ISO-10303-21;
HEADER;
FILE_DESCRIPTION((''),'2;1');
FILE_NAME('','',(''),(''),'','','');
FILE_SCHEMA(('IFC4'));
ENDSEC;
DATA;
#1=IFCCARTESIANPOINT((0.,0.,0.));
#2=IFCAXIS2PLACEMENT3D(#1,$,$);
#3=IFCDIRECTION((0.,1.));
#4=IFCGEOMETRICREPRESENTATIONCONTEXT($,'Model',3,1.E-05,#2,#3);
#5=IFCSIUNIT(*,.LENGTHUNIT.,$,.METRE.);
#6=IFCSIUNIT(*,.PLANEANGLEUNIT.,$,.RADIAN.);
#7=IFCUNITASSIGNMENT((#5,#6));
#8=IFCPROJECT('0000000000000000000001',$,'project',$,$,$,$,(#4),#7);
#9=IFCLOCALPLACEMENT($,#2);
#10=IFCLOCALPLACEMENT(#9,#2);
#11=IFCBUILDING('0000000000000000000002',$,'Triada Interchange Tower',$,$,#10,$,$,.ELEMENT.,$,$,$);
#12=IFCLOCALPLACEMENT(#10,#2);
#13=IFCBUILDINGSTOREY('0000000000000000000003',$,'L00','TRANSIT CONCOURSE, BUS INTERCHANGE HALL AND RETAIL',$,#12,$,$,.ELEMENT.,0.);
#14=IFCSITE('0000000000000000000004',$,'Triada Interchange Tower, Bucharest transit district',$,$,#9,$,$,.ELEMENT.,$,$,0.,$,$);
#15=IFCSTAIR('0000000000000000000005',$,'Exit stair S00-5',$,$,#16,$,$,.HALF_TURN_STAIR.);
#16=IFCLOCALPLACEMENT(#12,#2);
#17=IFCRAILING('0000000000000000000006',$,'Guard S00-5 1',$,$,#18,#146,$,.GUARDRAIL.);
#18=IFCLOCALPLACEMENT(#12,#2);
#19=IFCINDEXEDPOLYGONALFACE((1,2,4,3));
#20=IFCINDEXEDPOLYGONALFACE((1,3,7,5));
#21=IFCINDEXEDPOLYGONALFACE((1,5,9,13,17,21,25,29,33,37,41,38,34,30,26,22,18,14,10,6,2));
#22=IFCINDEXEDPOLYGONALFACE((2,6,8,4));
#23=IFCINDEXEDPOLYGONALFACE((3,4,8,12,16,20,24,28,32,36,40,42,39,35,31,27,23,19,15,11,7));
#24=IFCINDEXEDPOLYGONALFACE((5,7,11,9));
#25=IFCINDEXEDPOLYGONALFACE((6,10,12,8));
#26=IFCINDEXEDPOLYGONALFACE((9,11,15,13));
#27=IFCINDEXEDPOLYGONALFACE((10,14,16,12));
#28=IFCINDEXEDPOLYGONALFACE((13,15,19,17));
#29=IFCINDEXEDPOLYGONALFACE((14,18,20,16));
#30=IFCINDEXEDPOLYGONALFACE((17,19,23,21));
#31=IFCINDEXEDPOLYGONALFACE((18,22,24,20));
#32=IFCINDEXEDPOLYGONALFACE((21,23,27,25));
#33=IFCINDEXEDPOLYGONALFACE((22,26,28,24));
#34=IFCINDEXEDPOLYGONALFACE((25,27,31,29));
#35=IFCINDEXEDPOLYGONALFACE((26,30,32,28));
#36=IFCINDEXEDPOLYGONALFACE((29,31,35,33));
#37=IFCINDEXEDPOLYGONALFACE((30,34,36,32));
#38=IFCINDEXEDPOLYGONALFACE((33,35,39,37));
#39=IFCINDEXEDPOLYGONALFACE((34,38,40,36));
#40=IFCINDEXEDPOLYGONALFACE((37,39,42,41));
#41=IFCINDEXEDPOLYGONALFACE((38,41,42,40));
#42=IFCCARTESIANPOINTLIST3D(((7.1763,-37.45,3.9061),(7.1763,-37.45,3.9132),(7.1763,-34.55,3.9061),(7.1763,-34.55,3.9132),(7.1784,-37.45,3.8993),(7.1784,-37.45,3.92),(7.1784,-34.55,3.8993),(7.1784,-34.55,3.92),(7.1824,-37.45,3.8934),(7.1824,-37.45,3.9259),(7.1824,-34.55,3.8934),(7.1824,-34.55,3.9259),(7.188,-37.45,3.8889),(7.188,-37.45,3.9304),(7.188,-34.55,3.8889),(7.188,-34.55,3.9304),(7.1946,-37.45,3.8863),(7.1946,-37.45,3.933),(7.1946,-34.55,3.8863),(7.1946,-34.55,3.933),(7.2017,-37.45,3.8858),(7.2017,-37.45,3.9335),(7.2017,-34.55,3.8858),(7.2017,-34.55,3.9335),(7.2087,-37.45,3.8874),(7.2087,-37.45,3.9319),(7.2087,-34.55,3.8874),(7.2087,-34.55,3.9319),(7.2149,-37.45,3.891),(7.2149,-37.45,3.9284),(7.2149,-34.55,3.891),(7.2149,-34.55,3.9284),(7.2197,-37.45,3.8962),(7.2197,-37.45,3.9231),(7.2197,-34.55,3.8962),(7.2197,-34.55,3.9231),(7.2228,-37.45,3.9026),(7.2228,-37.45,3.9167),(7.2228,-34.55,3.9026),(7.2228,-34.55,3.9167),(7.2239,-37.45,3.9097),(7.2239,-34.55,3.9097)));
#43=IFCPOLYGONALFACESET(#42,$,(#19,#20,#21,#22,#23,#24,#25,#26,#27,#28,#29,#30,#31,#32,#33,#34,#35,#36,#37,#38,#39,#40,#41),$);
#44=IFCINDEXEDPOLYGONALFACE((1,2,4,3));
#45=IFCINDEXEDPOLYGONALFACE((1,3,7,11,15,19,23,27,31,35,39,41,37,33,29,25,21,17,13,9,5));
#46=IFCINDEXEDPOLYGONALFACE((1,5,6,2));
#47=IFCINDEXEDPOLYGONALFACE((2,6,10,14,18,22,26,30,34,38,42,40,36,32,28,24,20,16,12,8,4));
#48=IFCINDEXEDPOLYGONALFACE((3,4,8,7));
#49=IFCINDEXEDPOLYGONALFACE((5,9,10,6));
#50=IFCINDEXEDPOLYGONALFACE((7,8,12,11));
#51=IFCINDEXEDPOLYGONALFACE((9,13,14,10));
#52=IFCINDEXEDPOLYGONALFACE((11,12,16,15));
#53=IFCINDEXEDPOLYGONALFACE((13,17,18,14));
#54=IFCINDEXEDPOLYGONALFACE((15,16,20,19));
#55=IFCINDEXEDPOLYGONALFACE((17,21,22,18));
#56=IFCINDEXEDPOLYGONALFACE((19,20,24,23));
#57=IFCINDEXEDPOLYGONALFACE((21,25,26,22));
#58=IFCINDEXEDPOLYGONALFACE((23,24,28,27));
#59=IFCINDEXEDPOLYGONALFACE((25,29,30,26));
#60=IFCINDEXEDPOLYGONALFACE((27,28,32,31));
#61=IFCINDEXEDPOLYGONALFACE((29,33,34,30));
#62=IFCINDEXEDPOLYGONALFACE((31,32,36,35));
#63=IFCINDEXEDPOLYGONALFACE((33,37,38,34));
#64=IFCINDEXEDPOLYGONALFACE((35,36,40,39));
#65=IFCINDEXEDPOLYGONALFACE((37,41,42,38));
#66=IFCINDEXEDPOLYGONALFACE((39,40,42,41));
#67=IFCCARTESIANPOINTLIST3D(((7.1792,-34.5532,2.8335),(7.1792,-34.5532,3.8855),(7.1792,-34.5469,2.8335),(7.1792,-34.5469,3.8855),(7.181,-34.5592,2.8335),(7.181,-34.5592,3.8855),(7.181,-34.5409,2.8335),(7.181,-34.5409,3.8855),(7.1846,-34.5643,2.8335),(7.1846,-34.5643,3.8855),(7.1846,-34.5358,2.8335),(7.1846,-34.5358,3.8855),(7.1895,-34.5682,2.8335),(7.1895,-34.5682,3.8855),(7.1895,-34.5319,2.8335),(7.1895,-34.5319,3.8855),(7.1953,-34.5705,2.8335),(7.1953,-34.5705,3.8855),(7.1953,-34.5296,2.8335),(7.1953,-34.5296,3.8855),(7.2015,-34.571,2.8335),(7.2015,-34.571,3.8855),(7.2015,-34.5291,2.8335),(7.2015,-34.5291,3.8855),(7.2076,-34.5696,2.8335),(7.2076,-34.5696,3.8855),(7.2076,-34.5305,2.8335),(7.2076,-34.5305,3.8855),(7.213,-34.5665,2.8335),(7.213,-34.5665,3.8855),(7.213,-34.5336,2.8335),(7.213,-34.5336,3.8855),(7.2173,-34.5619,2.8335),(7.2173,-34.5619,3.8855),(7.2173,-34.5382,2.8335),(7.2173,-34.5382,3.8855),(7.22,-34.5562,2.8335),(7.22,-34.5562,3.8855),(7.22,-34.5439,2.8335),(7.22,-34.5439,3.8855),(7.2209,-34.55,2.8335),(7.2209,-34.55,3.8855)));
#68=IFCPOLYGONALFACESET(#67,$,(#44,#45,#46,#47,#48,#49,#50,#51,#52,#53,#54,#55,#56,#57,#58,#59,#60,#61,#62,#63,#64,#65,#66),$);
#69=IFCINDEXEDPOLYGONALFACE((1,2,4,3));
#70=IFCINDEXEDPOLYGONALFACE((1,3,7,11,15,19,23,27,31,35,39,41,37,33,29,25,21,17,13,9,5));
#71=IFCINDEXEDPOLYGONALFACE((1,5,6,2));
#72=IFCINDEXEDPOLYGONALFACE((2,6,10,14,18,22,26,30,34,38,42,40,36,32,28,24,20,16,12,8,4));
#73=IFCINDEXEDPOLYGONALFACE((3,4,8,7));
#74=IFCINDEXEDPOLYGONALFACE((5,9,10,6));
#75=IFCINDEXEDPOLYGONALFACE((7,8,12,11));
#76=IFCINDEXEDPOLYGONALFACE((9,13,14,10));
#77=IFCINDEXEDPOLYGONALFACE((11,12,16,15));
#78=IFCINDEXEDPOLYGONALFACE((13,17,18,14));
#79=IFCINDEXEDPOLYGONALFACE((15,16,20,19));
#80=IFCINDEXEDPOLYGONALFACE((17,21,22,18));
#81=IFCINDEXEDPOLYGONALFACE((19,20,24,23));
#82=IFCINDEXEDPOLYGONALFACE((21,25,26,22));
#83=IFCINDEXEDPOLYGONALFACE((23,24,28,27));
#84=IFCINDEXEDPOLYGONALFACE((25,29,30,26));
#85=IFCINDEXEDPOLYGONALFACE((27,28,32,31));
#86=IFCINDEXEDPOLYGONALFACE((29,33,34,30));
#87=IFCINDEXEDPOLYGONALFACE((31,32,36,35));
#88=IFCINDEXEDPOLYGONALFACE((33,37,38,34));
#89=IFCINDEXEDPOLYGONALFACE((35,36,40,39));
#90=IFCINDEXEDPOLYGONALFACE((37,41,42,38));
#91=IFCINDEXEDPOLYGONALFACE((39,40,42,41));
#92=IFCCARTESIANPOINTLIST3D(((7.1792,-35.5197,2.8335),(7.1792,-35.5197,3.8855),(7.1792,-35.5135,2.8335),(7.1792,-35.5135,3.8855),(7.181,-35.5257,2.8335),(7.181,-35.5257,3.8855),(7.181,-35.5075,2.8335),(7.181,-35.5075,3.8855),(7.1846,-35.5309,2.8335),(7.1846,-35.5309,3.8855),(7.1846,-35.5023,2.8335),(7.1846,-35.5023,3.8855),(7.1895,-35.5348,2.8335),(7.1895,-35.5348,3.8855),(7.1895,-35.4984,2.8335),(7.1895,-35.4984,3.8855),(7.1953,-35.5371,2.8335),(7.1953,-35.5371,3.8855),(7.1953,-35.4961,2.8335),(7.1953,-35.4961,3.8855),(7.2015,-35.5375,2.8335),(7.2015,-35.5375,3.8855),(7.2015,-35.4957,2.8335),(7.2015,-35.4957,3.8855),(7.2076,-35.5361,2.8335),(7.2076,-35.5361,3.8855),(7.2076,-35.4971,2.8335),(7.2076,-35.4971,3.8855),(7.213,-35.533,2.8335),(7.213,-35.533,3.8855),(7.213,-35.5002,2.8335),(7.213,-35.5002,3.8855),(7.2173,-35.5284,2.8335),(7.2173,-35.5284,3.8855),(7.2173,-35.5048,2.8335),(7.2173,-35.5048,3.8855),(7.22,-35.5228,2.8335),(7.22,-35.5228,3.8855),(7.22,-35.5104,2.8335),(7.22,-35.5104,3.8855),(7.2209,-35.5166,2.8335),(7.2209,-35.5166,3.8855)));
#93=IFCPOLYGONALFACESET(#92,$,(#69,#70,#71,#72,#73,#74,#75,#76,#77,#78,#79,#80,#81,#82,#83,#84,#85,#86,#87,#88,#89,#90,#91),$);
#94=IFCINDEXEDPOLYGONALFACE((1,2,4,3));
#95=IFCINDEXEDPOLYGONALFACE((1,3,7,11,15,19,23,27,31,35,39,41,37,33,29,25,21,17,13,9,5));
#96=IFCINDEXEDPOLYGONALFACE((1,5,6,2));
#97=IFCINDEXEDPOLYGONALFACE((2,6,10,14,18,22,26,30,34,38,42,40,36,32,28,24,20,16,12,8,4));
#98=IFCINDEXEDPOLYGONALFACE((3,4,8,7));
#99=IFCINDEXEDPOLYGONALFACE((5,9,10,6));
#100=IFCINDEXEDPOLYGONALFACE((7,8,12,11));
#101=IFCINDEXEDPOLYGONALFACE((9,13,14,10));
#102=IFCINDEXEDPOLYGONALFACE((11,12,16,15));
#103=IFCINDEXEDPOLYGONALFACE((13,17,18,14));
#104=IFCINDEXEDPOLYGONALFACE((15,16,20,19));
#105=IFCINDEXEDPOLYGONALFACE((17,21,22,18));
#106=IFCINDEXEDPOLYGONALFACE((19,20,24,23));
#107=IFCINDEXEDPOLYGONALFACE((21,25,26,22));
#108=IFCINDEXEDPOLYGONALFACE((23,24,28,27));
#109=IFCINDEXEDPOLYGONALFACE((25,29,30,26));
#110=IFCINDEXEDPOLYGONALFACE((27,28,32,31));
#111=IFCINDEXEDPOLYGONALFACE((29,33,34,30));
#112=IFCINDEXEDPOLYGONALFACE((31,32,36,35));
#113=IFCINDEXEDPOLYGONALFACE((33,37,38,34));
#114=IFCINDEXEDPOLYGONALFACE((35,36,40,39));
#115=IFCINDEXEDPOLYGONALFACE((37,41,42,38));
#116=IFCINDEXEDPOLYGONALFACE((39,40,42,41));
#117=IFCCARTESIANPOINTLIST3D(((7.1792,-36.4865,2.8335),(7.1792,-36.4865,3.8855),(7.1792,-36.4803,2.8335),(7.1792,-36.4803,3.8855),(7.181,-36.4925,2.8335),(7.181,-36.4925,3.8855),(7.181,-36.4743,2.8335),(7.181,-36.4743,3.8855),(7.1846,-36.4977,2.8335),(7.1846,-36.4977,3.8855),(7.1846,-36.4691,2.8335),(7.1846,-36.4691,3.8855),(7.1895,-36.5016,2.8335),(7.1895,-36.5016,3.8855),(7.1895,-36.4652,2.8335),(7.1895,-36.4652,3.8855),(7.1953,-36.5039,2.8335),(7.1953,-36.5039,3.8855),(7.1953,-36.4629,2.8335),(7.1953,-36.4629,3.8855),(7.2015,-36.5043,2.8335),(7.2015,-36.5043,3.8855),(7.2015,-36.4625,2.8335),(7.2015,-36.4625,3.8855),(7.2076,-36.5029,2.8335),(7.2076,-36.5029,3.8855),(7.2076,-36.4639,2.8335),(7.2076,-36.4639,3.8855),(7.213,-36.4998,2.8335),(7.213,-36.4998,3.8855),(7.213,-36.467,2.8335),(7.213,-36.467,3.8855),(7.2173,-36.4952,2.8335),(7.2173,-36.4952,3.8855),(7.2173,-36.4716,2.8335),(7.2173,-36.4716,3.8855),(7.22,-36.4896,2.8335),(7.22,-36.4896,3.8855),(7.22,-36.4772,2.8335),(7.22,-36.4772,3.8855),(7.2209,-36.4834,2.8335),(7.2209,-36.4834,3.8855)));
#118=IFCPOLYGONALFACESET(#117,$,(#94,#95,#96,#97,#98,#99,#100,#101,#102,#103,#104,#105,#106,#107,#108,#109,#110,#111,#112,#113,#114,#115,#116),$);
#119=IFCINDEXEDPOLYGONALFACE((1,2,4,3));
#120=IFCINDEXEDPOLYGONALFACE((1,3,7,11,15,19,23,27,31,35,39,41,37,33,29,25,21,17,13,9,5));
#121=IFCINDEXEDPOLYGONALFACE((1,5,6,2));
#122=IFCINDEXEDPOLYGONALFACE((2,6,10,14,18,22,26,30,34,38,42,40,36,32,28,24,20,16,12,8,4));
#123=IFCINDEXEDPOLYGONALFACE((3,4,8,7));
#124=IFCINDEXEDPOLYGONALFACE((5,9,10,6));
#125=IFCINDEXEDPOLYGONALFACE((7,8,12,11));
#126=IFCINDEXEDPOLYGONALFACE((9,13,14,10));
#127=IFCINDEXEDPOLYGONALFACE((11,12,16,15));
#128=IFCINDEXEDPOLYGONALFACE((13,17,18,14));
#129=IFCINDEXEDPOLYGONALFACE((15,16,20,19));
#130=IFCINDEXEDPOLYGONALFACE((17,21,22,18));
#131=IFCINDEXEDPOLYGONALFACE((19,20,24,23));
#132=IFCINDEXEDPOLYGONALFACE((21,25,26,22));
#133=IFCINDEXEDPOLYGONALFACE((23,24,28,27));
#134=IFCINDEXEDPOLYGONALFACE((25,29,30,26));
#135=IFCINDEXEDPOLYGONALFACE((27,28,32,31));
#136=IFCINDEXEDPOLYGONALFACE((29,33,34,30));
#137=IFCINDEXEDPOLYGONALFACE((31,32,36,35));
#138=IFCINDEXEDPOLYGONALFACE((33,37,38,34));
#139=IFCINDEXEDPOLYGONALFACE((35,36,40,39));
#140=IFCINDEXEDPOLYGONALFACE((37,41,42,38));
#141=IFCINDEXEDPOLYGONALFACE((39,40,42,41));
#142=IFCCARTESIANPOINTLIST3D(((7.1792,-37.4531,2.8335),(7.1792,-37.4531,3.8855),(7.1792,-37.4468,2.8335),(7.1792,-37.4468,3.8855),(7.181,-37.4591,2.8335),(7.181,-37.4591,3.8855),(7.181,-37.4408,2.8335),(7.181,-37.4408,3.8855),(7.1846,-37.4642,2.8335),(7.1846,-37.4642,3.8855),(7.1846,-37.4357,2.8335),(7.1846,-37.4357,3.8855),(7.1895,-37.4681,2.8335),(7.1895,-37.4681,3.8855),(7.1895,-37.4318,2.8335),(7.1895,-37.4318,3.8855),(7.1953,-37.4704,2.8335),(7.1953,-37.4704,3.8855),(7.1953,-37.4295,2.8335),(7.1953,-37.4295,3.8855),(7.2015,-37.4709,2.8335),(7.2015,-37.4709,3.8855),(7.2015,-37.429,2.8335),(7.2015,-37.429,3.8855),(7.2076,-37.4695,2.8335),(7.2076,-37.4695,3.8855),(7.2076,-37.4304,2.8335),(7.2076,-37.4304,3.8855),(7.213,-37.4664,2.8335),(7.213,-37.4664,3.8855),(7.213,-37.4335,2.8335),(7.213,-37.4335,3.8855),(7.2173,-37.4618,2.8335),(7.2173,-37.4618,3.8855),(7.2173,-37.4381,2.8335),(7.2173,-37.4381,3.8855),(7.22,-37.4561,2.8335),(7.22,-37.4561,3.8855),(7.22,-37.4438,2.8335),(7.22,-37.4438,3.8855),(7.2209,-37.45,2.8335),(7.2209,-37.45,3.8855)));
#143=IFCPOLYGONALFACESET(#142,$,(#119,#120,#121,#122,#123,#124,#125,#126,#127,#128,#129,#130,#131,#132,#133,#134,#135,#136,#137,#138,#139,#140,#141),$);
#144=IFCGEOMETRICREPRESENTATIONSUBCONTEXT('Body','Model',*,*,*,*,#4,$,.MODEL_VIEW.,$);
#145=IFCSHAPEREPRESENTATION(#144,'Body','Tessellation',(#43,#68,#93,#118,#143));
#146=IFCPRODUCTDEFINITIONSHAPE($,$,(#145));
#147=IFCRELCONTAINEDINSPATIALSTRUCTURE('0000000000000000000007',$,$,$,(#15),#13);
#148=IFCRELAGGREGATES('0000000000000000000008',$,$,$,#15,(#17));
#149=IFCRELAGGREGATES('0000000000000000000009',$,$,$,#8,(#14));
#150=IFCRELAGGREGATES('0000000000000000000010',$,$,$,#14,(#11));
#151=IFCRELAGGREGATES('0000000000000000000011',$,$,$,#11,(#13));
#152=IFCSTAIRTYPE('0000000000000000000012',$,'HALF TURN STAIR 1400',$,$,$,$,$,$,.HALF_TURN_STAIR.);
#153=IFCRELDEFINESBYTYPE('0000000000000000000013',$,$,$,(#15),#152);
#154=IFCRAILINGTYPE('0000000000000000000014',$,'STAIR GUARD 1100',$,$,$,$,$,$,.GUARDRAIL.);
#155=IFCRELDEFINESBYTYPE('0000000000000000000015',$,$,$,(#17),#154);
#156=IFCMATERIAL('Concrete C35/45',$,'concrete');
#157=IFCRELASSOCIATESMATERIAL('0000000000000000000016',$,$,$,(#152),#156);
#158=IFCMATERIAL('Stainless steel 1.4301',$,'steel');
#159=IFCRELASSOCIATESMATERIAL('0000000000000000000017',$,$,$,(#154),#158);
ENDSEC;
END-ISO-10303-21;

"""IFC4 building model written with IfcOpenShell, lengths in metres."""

from ifc_helpers import new_model, si_unit, direction, frame, origin, origin_2d, place, context, subcontext, project, spatial, circle, extrude, material, type_object, element, aggregate, save


model = new_model("IFC4")

# Units and contexts
model_context = context("Model", 3, precision=1e-05, world=origin(), true_north=direction((0.0, 1.0)))
body_context = subcontext(model_context, "Body", "Model", "MODEL_VIEW")
ifc_project = project(units=[si_unit("LENGTHUNIT", "METRE"), si_unit("PLANEANGLEUNIT", "RADIAN")], contexts=[model_context])

# Site, building, storey
site_placement = place(None, origin())
site = spatial("IfcSite", under=ifc_project, at=site_placement, Name="Triada Interchange Tower, Bucharest transit district", CompositionType="ELEMENT", RefElevation=0.0)
building_placement = place(site_placement, origin())
building = spatial("IfcBuilding", under=site, at=building_placement, Name="Triada Interchange Tower", CompositionType="ELEMENT")
storey_placement = place(building_placement, origin())
storey = spatial("IfcBuildingStorey", under=building, at=storey_placement, Name="L00", Description="TRANSIT CONCOURSE, BUS INTERCHANGE HALL AND RETAIL", CompositionType="ELEMENT", Elevation=0.0)

# Shared definitions
ifc_material_1 = material(Name="Concrete C35/45", Category="concrete")

# Stair, railing
stair_type = type_object("IfcStairType", Name="HALF TURN STAIR 1400", PredefinedType="HALF_TURN_STAIR", material=ifc_material_1)
stair_1_placement = place(storey_placement, origin())
stair_1 = element("IfcStair", 1, at=stair_1_placement, inside=storey, type_object=stair_type, Name="Exit stair S00-5", PredefinedType="HALF_TURN_STAIR")
ifc_material_2 = material(Name="Stainless steel 1.4301", Category="steel")
railing_type_1 = type_object("IfcRailingType", Name="STAIR GUARD 1100", PredefinedType="GUARDRAIL", material=ifc_material_2)
railing_1_placement = place(storey_placement, frame((7.2, -34.55, 2.8335)))
railing_1 = element("IfcRailing", 2, at=railing_1_placement, type_object=railing_type_1, Name="Guard S00-5 1", PredefinedType="GUARDRAIL", context=body_context, shape_type="SweptSolid", body=[
    extrude(circle(Radius=0.0239, at=origin_2d()), frame((0.0, 0.0, 1.0762), z_axis=(0.0, -1.0, 0.0), x_axis=(1.0, 0.0, 0.0)), (0.0, 0.0, 1.0), 2.8999),
    extrude(circle(Radius=0.021, at=origin_2d()), origin(), (0.0, 0.0, 1.0), 1.052),
    extrude(circle(Radius=0.021, at=origin_2d()), frame((0.0, -0.9666, 0.0)), (0.0, 0.0, 1.0), 1.052),
    extrude(circle(Radius=0.021, at=origin_2d()), frame((0.0, -1.9333, 0.0)), (0.0, 0.0, 1.0), 1.052),
    extrude(circle(Radius=0.021, at=origin_2d()), frame((0.0, -2.8999, 0.0)), (0.0, 0.0, 1.0), 1.052),
])
aggregate(stair_1, [railing_1])

save(model, "model.ifc")
